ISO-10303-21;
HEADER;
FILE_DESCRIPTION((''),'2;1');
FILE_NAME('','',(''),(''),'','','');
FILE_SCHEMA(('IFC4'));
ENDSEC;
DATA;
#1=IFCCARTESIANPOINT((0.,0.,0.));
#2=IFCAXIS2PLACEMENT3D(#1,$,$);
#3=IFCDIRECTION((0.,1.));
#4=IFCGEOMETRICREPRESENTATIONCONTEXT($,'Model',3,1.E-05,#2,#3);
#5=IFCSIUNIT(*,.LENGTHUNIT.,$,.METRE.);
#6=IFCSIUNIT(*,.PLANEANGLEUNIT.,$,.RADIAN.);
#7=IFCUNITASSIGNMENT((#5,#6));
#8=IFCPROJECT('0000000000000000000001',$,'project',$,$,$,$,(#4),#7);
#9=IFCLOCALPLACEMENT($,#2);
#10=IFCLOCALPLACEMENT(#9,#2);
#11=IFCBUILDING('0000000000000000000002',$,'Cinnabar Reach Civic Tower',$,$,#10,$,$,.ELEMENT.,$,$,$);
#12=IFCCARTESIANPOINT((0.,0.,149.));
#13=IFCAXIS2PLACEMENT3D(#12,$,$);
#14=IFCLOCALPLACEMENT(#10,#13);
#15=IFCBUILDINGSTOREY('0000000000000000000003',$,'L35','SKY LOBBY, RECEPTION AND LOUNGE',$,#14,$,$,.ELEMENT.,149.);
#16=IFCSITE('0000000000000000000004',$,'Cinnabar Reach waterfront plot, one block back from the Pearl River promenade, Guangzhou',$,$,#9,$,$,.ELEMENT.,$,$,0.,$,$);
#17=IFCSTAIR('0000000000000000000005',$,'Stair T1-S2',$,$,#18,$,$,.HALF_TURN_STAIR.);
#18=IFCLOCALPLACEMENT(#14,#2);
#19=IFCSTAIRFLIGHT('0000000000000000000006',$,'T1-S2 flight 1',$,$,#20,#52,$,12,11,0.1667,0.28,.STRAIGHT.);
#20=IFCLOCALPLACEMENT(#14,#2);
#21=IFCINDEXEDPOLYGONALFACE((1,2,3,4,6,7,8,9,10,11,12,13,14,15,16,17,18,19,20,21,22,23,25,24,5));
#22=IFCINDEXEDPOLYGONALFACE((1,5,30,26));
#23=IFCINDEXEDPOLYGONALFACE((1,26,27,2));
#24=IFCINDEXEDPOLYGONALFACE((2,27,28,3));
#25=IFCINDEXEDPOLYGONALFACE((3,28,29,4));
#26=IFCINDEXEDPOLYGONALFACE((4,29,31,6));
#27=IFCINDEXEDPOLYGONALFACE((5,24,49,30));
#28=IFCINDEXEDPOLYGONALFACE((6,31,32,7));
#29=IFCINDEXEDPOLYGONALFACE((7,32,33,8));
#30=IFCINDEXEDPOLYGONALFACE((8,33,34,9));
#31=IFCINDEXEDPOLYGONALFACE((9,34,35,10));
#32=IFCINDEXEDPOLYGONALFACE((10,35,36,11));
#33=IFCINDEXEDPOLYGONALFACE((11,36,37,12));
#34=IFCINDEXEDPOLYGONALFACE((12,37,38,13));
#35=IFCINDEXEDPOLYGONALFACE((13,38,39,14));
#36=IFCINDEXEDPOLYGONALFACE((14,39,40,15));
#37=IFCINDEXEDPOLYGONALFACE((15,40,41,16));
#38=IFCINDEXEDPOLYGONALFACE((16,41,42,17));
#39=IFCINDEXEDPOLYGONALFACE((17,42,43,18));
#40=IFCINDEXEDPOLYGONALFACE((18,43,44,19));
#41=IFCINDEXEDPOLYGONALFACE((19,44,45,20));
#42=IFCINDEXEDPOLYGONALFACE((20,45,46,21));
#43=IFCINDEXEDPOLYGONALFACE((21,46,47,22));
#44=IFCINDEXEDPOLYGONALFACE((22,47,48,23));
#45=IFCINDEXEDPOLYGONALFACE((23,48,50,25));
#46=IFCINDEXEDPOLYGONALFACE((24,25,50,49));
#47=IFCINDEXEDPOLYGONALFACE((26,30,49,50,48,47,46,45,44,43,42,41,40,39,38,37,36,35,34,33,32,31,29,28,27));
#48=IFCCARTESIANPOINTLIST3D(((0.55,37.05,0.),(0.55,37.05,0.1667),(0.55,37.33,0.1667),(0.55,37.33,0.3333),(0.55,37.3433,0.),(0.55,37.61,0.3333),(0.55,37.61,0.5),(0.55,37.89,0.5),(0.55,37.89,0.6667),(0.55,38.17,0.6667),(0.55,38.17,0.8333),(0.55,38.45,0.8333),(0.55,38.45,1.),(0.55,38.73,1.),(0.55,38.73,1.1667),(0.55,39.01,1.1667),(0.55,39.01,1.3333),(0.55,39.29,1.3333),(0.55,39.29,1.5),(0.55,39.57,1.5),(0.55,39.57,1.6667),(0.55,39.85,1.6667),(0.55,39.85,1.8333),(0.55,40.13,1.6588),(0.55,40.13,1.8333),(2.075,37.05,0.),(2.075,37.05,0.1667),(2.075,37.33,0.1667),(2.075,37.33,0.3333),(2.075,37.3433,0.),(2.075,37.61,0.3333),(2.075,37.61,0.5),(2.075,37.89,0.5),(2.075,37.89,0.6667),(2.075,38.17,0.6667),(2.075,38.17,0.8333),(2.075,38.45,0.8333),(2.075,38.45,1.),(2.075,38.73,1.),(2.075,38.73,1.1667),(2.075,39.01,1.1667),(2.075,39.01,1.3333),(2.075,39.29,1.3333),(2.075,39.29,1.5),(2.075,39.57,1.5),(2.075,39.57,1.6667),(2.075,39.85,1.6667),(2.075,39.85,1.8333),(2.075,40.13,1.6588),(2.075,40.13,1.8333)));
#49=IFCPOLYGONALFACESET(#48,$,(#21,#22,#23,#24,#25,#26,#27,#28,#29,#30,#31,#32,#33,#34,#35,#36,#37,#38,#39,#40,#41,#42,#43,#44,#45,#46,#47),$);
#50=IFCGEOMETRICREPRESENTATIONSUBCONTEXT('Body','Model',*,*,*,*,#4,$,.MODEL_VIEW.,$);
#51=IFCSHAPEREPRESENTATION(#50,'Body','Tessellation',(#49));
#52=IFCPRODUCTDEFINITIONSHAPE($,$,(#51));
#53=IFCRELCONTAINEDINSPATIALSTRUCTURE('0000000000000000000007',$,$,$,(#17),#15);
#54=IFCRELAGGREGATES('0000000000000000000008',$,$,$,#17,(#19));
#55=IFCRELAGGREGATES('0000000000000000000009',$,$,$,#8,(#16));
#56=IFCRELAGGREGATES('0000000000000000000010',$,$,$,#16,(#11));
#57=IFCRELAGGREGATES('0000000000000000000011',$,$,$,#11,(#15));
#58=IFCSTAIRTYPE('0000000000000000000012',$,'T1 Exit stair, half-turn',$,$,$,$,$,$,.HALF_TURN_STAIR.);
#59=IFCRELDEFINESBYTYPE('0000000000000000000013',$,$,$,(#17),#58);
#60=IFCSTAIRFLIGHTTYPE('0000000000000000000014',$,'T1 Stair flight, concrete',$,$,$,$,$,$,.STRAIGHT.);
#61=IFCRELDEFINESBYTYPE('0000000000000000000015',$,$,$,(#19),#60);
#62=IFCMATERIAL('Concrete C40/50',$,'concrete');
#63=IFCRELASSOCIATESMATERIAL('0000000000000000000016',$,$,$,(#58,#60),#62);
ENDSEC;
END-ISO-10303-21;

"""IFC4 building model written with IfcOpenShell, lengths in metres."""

from ifc_helpers import new_model, si_unit, direction, frame, origin, place, context, subcontext, project, spatial, polyline, outline, extrude, material, type_object, element, aggregate, save


model = new_model("IFC4")

# Units and contexts
model_context = context("Model", 3, precision=1e-05, world=origin(), true_north=direction((0.0, 1.0)))
body_context = subcontext(model_context, "Body", "Model", "MODEL_VIEW")
ifc_project = project(units=[si_unit("LENGTHUNIT", "METRE"), si_unit("PLANEANGLEUNIT", "RADIAN")], contexts=[model_context])

# Site, building, storey
site_placement = place(None, origin())
site = spatial("IfcSite", under=ifc_project, at=site_placement, Name="Cinnabar Reach waterfront plot, one block back from the Pearl River promenade, Guangzhou", CompositionType="ELEMENT", RefElevation=0.0)
building_placement = place(site_placement, origin())
building = spatial("IfcBuilding", under=site, at=building_placement, Name="Cinnabar Reach Civic Tower", CompositionType="ELEMENT")
storey_placement = place(building_placement, frame((0.0, 0.0, 149.0)))
storey = spatial("IfcBuildingStorey", under=building, at=storey_placement, Name="L35", Description="SKY LOBBY, RECEPTION AND LOUNGE", CompositionType="ELEMENT", Elevation=149.0)

# Stair, stair flight
ifc_material_1 = material(Name="Concrete C40/50", Category="concrete")
stair_type = type_object("IfcStairType", Name="T1 Exit stair, half-turn", PredefinedType="HALF_TURN_STAIR", material=ifc_material_1)
stair_placement = place(storey_placement, origin())
stair = element("IfcStair", 1, at=stair_placement, inside=storey, type_object=stair_type, Name="Stair T1-S2", PredefinedType="HALF_TURN_STAIR")
stair_flight_type = type_object("IfcStairFlightType", Name="T1 Stair flight, concrete", PredefinedType="STRAIGHT", material=ifc_material_1)
stair_flight_placement = place(storey_placement, frame((1.3125, 37.05, 0.0), z_axis=(0.0, 0.0, 1.0), x_axis=(0.0, 1.0, 0.0)))
stair_flight = element("IfcStairFlight", 2, at=stair_flight_placement, type_object=stair_flight_type, Name="T1-S2 flight 1", NumberOfRisers=12, NumberOfTreads=11, PredefinedType="STRAIGHT", RiserHeight=0.1667, TreadLength=0.28, context=body_context, shape_type="SweptSolid", body=[
    extrude(outline(polyline([(0.0, 0.0), (0.0, 0.1667), (0.28, 0.1667), (0.28, 0.3333), (0.56, 0.3333), (0.56, 0.5), (0.84, 0.5), (0.84, 0.6667), (1.12, 0.6667), (1.12, 0.8333), (1.4, 0.8333), (1.4, 1.0), (1.68, 1.0), (1.68, 1.1667), (1.96, 1.1667), (1.96, 1.3333), (2.24, 1.3333), (2.24, 1.5), (2.52, 1.5), (2.52, 1.6667), (2.8, 1.6667), (2.8, 1.8333), (3.08, 1.8333), (3.08, 2.0), (3.08, 1.6588), (0.2933, 0.0), (0.0, 0.0)])), frame((0.0, 0.7625, 0.0), z_axis=(0.0, -1.0, 0.0), x_axis=(1.0, 0.0, 0.0)), (0.0, 0.0, 1.0), 1.525),
])
aggregate(stair, [stair_flight])

save(model, "model.ifc")
